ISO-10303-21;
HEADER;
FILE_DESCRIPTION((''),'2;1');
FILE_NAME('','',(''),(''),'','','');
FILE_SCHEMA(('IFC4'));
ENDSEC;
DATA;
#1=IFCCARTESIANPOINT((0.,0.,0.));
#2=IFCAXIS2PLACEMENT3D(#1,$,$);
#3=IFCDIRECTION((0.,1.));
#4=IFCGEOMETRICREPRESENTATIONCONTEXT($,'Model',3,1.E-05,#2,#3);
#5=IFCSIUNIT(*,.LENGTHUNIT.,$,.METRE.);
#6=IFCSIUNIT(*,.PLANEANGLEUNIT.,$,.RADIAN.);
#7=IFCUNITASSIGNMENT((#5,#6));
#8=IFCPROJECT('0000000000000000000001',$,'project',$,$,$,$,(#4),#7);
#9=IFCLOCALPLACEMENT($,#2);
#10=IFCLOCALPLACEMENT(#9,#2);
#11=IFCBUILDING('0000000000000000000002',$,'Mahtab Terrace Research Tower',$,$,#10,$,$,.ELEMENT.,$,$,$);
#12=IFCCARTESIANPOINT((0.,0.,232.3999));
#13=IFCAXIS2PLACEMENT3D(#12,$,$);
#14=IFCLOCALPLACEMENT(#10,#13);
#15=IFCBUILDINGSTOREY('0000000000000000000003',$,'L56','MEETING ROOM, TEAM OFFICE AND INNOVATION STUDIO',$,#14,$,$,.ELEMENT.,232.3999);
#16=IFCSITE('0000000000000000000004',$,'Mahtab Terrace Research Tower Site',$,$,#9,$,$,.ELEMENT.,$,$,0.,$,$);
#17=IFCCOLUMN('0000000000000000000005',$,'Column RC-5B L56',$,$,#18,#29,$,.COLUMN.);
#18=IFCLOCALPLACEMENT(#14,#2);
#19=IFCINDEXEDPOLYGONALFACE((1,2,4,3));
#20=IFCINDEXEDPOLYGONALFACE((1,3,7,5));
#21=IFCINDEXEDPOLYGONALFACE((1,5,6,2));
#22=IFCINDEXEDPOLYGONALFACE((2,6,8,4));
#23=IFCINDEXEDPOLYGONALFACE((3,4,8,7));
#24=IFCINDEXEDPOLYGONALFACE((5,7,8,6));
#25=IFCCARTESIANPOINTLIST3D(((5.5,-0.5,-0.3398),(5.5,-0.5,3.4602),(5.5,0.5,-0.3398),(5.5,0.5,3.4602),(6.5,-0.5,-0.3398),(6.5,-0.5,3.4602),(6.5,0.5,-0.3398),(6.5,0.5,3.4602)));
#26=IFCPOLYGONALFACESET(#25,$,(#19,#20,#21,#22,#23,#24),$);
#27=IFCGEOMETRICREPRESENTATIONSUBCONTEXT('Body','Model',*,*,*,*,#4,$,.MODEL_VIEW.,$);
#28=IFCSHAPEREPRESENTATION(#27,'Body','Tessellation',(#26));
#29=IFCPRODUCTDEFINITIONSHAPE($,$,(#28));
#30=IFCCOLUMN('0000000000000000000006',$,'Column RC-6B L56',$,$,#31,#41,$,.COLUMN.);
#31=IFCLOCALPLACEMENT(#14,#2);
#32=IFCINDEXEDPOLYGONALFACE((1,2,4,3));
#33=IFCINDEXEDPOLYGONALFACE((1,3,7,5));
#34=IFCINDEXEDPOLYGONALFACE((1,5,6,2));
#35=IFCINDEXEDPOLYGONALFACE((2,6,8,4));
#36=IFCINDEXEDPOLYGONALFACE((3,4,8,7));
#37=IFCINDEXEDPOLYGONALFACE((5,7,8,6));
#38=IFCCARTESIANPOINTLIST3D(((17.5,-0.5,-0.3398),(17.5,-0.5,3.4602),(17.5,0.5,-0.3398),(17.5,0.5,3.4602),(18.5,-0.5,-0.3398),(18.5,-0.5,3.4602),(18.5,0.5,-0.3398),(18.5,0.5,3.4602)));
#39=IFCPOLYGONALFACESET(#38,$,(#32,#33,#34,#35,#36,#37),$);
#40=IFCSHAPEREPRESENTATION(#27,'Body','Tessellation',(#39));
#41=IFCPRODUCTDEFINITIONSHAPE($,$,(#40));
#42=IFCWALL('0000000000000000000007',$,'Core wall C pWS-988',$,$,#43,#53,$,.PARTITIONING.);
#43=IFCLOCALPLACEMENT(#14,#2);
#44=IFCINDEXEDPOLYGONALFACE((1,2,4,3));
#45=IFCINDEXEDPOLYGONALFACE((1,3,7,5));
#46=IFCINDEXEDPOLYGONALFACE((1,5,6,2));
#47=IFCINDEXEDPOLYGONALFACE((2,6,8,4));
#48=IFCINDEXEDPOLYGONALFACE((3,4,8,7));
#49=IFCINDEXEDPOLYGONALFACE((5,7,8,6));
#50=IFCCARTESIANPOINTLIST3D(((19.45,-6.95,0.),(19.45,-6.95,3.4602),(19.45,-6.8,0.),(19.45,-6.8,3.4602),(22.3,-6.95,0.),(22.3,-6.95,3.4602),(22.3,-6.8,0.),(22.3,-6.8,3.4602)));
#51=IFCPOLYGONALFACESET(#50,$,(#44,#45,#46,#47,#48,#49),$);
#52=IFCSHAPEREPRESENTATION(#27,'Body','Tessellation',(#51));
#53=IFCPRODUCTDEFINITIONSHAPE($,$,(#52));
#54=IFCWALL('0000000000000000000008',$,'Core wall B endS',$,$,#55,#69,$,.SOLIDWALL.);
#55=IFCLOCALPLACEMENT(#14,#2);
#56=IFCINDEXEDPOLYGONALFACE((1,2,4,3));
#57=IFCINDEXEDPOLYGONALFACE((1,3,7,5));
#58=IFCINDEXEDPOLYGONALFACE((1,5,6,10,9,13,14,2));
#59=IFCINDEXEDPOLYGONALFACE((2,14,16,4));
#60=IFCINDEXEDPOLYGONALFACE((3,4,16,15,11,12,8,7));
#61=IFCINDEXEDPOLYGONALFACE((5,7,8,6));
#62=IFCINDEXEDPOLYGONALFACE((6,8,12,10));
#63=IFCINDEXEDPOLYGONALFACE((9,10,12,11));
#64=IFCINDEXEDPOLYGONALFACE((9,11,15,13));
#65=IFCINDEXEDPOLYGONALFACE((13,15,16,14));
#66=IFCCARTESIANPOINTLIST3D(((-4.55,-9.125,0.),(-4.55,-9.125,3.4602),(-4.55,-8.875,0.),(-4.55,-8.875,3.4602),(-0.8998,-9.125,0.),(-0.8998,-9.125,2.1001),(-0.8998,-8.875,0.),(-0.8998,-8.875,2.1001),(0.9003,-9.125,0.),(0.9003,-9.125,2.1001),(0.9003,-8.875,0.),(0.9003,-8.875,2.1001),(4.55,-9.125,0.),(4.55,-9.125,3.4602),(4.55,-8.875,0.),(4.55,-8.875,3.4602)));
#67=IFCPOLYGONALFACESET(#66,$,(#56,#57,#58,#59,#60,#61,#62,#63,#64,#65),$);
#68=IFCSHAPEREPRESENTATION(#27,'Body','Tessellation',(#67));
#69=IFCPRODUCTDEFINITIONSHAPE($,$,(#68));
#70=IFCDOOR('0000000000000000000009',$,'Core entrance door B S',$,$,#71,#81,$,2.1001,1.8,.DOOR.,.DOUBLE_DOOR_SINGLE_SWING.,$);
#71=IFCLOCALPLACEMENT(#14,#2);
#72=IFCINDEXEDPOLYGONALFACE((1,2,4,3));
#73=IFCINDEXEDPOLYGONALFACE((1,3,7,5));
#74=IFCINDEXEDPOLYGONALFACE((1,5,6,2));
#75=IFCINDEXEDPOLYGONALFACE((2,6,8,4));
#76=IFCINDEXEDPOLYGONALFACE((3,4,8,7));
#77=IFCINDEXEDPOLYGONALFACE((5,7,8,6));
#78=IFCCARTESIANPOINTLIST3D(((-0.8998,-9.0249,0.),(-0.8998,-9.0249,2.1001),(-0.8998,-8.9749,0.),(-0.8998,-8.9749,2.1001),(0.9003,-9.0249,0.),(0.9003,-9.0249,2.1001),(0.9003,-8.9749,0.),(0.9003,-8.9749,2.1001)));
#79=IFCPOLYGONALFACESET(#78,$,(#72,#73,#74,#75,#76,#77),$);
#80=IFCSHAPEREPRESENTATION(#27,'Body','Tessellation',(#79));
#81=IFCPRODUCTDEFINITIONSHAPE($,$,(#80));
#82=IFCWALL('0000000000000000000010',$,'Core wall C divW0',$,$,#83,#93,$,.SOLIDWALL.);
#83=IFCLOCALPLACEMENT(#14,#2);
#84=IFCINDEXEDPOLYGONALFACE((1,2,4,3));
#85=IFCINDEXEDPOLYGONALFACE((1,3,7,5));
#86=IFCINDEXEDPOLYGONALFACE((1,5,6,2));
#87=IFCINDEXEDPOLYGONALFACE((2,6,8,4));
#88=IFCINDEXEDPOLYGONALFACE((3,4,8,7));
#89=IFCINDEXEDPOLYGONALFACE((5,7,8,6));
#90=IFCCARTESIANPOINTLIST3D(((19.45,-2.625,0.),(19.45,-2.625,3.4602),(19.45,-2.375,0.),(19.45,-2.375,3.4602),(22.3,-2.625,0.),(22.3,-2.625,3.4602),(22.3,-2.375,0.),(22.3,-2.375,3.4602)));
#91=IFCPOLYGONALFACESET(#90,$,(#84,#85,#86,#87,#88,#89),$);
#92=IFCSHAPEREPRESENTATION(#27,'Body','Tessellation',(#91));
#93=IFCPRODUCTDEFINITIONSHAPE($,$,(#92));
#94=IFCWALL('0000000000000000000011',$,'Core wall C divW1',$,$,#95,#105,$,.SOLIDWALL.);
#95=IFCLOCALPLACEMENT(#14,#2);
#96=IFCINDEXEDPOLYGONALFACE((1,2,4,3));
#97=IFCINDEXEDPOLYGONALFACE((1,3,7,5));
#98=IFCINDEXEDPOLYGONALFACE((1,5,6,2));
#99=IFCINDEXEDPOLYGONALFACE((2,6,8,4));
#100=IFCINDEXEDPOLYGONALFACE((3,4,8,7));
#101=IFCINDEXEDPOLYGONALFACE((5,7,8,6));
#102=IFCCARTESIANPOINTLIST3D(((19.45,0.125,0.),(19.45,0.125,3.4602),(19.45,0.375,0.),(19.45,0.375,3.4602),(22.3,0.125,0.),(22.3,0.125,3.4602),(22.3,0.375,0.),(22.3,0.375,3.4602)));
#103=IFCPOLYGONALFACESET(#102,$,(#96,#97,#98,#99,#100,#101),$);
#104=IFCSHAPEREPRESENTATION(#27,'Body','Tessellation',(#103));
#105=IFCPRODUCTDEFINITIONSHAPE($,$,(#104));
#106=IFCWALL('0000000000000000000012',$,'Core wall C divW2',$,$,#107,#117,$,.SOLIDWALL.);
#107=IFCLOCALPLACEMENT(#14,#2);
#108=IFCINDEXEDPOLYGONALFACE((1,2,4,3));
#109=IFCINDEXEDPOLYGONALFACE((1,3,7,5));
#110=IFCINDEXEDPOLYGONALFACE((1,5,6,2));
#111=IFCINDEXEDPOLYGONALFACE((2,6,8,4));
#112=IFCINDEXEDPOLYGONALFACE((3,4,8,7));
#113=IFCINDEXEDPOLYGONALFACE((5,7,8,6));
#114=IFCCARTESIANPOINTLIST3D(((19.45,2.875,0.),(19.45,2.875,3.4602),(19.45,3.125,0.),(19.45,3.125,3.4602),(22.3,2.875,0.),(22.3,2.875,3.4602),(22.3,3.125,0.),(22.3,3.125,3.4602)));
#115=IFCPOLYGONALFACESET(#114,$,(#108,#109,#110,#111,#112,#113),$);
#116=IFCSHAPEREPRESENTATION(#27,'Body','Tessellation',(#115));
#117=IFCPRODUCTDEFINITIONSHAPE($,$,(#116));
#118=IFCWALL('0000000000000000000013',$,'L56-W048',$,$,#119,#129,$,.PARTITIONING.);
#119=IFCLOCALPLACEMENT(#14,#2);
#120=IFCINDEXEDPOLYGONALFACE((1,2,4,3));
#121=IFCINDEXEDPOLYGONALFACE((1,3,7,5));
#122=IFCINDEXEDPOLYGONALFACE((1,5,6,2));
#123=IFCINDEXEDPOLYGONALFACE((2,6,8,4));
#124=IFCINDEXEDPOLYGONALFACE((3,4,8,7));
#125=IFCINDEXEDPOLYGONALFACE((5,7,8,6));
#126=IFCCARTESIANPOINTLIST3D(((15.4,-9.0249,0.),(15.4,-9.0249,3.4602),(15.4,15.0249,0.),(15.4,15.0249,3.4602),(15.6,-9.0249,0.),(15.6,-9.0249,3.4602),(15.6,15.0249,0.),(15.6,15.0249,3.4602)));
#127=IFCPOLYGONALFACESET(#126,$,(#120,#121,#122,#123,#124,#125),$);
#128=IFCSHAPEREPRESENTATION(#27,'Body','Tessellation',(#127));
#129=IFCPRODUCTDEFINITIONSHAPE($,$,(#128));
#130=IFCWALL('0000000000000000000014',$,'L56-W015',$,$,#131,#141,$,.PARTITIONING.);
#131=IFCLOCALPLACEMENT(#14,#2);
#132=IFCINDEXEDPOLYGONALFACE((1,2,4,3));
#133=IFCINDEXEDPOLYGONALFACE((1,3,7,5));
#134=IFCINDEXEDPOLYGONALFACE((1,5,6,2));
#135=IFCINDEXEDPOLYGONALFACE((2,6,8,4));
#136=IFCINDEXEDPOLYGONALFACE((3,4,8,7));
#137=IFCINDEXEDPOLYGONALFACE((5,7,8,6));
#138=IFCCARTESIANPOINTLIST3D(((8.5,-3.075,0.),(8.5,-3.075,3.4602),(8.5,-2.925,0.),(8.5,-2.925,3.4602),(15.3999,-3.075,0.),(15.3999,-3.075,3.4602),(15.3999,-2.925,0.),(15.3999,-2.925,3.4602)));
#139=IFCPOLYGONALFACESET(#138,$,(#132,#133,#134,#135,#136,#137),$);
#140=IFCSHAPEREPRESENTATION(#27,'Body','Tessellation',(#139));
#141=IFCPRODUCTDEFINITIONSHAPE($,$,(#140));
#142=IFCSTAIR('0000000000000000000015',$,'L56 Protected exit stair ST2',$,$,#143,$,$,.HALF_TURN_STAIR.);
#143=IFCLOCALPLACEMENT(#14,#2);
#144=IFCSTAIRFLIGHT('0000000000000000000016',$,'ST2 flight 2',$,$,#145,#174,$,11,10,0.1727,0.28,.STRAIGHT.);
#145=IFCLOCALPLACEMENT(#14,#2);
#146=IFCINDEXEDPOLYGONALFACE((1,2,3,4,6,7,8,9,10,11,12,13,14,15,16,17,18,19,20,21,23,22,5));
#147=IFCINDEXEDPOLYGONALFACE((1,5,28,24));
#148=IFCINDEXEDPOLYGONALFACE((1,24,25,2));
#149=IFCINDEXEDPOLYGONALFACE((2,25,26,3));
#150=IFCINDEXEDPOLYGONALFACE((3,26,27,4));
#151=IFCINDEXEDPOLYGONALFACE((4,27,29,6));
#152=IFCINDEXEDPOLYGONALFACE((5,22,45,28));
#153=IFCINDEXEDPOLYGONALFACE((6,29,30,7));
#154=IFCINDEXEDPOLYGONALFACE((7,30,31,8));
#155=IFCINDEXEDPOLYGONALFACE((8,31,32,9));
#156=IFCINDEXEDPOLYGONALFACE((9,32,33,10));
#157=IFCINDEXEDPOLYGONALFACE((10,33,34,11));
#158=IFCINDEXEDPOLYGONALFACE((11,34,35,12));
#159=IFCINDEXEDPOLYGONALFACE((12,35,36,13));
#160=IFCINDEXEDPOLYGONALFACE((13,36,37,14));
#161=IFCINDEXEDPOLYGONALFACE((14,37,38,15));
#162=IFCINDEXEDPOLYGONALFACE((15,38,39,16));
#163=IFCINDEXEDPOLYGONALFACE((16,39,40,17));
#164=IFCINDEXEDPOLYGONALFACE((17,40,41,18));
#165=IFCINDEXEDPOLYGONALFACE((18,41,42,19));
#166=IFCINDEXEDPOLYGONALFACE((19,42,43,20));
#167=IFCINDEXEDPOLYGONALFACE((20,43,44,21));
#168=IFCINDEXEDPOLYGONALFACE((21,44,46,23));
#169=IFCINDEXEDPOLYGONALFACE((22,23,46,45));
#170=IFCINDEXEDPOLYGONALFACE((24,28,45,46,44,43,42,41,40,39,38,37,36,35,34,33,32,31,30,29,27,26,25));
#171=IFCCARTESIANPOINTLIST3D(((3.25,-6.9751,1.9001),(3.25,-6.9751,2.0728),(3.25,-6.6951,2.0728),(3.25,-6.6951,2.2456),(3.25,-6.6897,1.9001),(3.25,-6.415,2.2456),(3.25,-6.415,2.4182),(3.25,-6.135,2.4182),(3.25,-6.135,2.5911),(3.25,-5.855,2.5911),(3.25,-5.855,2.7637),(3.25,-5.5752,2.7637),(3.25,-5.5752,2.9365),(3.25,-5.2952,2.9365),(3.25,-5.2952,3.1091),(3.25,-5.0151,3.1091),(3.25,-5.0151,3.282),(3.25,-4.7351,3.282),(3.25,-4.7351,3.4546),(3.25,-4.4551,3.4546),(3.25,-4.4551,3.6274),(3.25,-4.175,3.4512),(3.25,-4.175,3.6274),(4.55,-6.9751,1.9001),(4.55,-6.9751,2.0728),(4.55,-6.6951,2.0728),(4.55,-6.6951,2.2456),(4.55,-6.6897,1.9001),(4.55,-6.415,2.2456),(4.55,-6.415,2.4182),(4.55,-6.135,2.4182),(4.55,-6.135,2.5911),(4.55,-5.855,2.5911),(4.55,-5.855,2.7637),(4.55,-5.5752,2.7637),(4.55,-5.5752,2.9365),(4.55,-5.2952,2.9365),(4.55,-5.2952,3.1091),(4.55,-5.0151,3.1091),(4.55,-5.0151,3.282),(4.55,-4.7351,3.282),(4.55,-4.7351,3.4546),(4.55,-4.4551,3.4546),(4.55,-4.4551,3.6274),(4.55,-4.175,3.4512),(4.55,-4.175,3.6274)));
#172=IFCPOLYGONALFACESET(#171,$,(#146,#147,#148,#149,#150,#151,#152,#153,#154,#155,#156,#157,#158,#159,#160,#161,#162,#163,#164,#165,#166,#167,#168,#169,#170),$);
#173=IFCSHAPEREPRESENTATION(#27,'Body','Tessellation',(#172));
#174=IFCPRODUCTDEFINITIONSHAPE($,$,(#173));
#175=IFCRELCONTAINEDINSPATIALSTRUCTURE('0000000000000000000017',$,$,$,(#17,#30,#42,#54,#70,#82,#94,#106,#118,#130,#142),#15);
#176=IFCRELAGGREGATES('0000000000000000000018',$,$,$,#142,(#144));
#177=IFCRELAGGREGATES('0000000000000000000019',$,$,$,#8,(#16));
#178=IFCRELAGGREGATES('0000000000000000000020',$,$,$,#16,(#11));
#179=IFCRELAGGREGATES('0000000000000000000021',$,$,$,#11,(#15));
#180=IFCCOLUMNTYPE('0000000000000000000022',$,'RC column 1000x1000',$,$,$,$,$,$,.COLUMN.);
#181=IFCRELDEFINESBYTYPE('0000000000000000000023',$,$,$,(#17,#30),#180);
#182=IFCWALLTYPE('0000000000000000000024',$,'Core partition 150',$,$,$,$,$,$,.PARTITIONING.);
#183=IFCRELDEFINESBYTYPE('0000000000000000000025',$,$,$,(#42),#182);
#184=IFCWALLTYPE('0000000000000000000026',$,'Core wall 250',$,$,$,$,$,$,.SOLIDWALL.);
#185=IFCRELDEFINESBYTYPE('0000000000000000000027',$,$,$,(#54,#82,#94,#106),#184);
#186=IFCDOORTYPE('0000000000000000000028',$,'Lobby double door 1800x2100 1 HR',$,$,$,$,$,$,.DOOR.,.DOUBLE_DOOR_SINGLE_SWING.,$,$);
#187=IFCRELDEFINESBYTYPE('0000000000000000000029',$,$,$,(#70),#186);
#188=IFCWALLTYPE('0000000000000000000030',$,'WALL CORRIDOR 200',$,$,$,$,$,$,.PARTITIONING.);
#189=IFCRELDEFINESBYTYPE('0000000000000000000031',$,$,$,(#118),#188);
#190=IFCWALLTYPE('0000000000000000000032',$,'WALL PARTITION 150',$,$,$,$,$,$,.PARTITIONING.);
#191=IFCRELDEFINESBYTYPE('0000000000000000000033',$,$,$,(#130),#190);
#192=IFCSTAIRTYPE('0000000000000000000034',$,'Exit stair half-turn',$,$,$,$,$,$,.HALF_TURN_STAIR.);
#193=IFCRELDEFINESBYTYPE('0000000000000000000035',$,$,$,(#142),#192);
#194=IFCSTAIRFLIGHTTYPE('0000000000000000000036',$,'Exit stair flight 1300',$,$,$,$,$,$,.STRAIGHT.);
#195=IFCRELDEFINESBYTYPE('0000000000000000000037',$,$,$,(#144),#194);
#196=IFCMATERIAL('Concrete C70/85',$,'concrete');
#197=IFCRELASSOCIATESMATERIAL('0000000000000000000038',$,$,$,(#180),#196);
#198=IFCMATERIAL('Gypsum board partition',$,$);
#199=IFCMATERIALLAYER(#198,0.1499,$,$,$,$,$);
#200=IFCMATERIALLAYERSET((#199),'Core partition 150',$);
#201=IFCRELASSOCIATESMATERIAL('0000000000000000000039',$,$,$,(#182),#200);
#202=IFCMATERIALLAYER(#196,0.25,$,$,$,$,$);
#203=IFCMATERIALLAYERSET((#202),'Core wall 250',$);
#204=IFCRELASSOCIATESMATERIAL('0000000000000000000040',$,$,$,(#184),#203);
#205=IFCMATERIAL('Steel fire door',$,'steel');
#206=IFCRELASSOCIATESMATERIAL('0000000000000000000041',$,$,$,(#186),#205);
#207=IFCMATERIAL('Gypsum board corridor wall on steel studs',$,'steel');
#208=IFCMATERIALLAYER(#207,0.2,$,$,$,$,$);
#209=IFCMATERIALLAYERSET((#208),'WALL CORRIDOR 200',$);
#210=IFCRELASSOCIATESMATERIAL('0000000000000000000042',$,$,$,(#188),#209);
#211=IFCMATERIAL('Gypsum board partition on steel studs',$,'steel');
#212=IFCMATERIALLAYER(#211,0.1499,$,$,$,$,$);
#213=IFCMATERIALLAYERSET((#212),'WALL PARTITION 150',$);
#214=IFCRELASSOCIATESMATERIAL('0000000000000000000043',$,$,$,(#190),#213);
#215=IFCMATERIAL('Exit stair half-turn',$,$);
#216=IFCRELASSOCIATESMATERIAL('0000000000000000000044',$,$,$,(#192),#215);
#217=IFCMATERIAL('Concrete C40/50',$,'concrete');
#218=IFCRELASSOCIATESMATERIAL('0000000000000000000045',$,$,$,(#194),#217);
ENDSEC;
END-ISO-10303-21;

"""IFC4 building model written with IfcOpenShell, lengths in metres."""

from ifc_helpers import new_model, si_unit, direction, frame, frame_2d, origin, origin_2d, place, context, subcontext, project, spatial, polyline, rectangle, outline, extrude, material, layer, layer_set, material_profile, profile_set, type_object, element, fill, aggregate, save


model = new_model("IFC4")

# Units and contexts
model_context = context("Model", 3, precision=1e-05, world=origin(), true_north=direction((0.0, 1.0)))
body_context = subcontext(model_context, "Body", "Model", "MODEL_VIEW")
ifc_project = project(units=[si_unit("LENGTHUNIT", "METRE"), si_unit("PLANEANGLEUNIT", "RADIAN")], contexts=[model_context])

# Site, building, storey
site_placement = place(None, origin())
site = spatial("IfcSite", under=ifc_project, at=site_placement, Name="Mahtab Terrace Research Tower Site", CompositionType="ELEMENT", RefElevation=0.0)
building_placement = place(site_placement, origin())
building = spatial("IfcBuilding", under=site, at=building_placement, Name="Mahtab Terrace Research Tower", CompositionType="ELEMENT")
storey_placement = place(building_placement, frame((0.0, 0.0, 232.3999)))
storey = spatial("IfcBuildingStorey", under=building, at=storey_placement, Name="L56", Description="MEETING ROOM, TEAM OFFICE AND INNOVATION STUDIO", CompositionType="ELEMENT", Elevation=232.3999)

# Columns
ifc_material_1 = material(Name="Concrete C70/85", Category="concrete")
ifc_material_profile = material_profile(ifc_material_1, rectangle(XDim=1.0, YDim=1.0, at=origin_2d()), Name="RC column 1000x1000")
ifc_profile_set = profile_set([ifc_material_profile], Name="Concrete C70/85")
column_type = type_object("IfcColumnType", Name="RC column 1000x1000", PredefinedType="COLUMN", material=ifc_profile_set)
for number, where, z_axis, x_axis, name in (
    (1, (6.0, 0.0, -0.3398), (0.0, 0.0, 1.0), (1.0, 0.0, 0.0), "Column RC-5B L56"),
    (2, (18.0, 0.0, -0.3398), (0.0, 0.0, 1.0), (1.0, 0.0, 0.0), "Column RC-6B L56"),
):
    element("IfcColumn", number, at=place(storey_placement, frame(where, z_axis=z_axis, x_axis=x_axis)), inside=storey, type_object=column_type, Name=name, PredefinedType="COLUMN", context=body_context, shape_type="SweptSolid", body=[
        extrude(rectangle(XDim=1.0, YDim=1.0, at=origin_2d()), origin(), (0.0, 0.0, 1.0), 3.8),
    ])

# Wall
ifc_material_2 = material(Name="Gypsum board partition")
ifc_layer_1 = layer(ifc_material_2, 0.1499)
ifc_layer_set_1 = layer_set([ifc_layer_1], Name="Core partition 150")
wall_type_1 = type_object("IfcWallType", Name="Core partition 150", PredefinedType="PARTITIONING", material=ifc_layer_set_1)
wall_1_placement = place(storey_placement, frame((19.45, -6.875, 0.0), z_axis=(0.0, 0.0, 1.0), x_axis=(1.0, 0.0, 0.0)))
element("IfcWall", 3, at=wall_1_placement, inside=storey, type_object=wall_type_1, Name="Core wall C pWS-988", PredefinedType="PARTITIONING", context=body_context, shape_type="SweptSolid", body=[
    extrude(rectangle(XDim=2.8501, YDim=0.1499, at=frame_2d((1.425, 0.0))), origin(), (0.0, 0.0, 1.0), 3.4602),
])

# Wall, opening, door
ifc_layer_2 = layer(ifc_material_1, 0.25)
ifc_layer_set_2 = layer_set([ifc_layer_2], Name="Core wall 250")
wall_type_2 = type_object("IfcWallType", Name="Core wall 250", PredefinedType="SOLIDWALL", material=ifc_layer_set_2)
wall_2_placement = place(storey_placement, frame((4.55, -9.0, 0.0), z_axis=(0.0, 0.0, 1.0), x_axis=(-1.0, 0.0, 0.0)))
wall_2 = element("IfcWall", 4, at=wall_2_placement, inside=storey, type_object=wall_type_2, Name="Core wall B endS", PredefinedType="SOLIDWALL", context=body_context, shape_type="SweptSolid", body=[
    extrude(rectangle(XDim=9.1001, YDim=0.25, at=frame_2d((4.55, 0.0))), origin(), (0.0, 0.0, 1.0), 3.4602),
])
opening_placement = place(wall_2_placement, frame((3.6499, 0.0, 0.0)))
opening = element("IfcOpeningElement", 5, at=opening_placement, cuts=wall_2, PredefinedType="OPENING", context=body_context, shape_type="SweptSolid", body=[
    extrude(rectangle(XDim=1.8, YDim=2.1001, at=frame_2d((0.8999, 1.05))), frame((0.0, 0.135, 0.0), z_axis=(0.0, -1.0, 0.0), x_axis=(1.0, 0.0, 0.0)), (0.0, 0.0, 1.0), 0.27),
])
ifc_material_3 = material(Name="Steel fire door", Category="steel")
door_type = type_object("IfcDoorType", Name="Lobby double door 1800x2100 1 HR", OperationType="DOUBLE_DOOR_SINGLE_SWING", PredefinedType="DOOR", material=ifc_material_3)
door_placement = place(opening_placement, origin())
door = element("IfcDoor", 6, at=door_placement, inside=storey, type_object=door_type, Name="Core entrance door B S", OperationType="DOUBLE_DOOR_SINGLE_SWING", OverallHeight=2.1001, OverallWidth=1.8, PredefinedType="DOOR", context=body_context, shape_type="SweptSolid", body=[
    extrude(rectangle(XDim=1.8, YDim=2.1001, at=frame_2d((0.8999, 1.05))), frame((0.0, 0.0249, 0.0), z_axis=(0.0, -1.0, 0.0), x_axis=(1.0, 0.0, 0.0)), (0.0, 0.0, 1.0), 0.05),
])
fill(opening, door)

# Walls
for number, where, z_axis, x_axis, name in (
    (7, (19.45, -2.5, 0.0), (0.0, 0.0, 1.0), (1.0, 0.0, 0.0), "Core wall C divW0"),
    (8, (19.45, 0.25, 0.0), (0.0, 0.0, 1.0), (1.0, 0.0, 0.0), "Core wall C divW1"),
    (9, (19.45, 3.0, 0.0), (0.0, 0.0, 1.0), (1.0, 0.0, 0.0), "Core wall C divW2"),
):
    element("IfcWall", number, at=place(storey_placement, frame(where, z_axis=z_axis, x_axis=x_axis)), inside=storey, type_object=wall_type_2, Name=name, PredefinedType="SOLIDWALL", context=body_context, shape_type="SweptSolid", body=[
        extrude(rectangle(XDim=2.8501, YDim=0.25, at=frame_2d((1.425, 0.0))), origin(), (0.0, 0.0, 1.0), 3.4602),
    ])
ifc_material_4 = material(Name="Gypsum board corridor wall on steel studs", Category="steel")
ifc_layer_3 = layer(ifc_material_4, 0.2)
ifc_layer_set_3 = layer_set([ifc_layer_3], Name="WALL CORRIDOR 200")
wall_type_3 = type_object("IfcWallType", Name="WALL CORRIDOR 200", PredefinedType="PARTITIONING", material=ifc_layer_set_3)
wall_3_placement = place(storey_placement, frame((15.5, -9.0249, 0.0), z_axis=(0.0, 0.0, 1.0), x_axis=(0.0, 1.0, 0.0)))
element("IfcWall", 10, at=wall_3_placement, inside=storey, type_object=wall_type_3, Name="L56-W048", PredefinedType="PARTITIONING", context=body_context, shape_type="SweptSolid", body=[
    extrude(rectangle(XDim=24.0498, YDim=0.2, at=frame_2d((12.0249, 0.0))), origin(), (0.0, 0.0, 1.0), 3.4602),
])
ifc_material_5 = material(Name="Gypsum board partition on steel studs", Category="steel")
ifc_layer_4 = layer(ifc_material_5, 0.1499)
ifc_layer_set_4 = layer_set([ifc_layer_4], Name="WALL PARTITION 150")
wall_type_4 = type_object("IfcWallType", Name="WALL PARTITION 150", PredefinedType="PARTITIONING", material=ifc_layer_set_4)
wall_4_placement = place(storey_placement, frame((8.5, -3.0, 0.0), z_axis=(0.0, 0.0, 1.0), x_axis=(1.0, 0.0, 0.0)))
element("IfcWall", 11, at=wall_4_placement, inside=storey, type_object=wall_type_4, Name="L56-W015", PredefinedType="PARTITIONING", context=body_context, shape_type="SweptSolid", body=[
    extrude(rectangle(XDim=6.8999, YDim=0.1499, at=frame_2d((3.45, 0.0))), origin(), (0.0, 0.0, 1.0), 3.4602),
])

# Stair, stair flight
ifc_material_6 = material(Name="Exit stair half-turn")
stair_type = type_object("IfcStairType", Name="Exit stair half-turn", PredefinedType="HALF_TURN_STAIR", material=ifc_material_6)
stair_placement = place(storey_placement, origin())
stair = element("IfcStair", 12, at=stair_placement, inside=storey, type_object=stair_type, Name="L56 Protected exit stair ST2", PredefinedType="HALF_TURN_STAIR")
ifc_material_7 = material(Name="Concrete C40/50", Category="concrete")
stair_flight_type = type_object("IfcStairFlightType", Name="Exit stair flight 1300", PredefinedType="STRAIGHT", material=ifc_material_7)
stair_flight_placement = place(storey_placement, frame((3.8999, -6.9751, 1.9001), z_axis=(0.0, 0.0, 1.0), x_axis=(0.0, 1.0, 0.0)))
stair_flight = element("IfcStairFlight", 13, at=stair_flight_placement, type_object=stair_flight_type, Name="ST2 flight 2", NumberOfRisers=11, NumberOfTreads=10, PredefinedType="STRAIGHT", RiserHeight=0.1727, TreadLength=0.28, context=body_context, shape_type="SweptSolid", body=[
    extrude(outline(polyline([(0.0, 0.0), (0.0, 0.1726), (0.28, 0.1726), (0.28, 0.3455), (0.5601, 0.3455), (0.5601, 0.5181), (0.8401, 0.5181), (0.8401, 0.6909), (1.1201, 0.6909), (1.1201, 0.8635), (1.3999, 0.8635), (1.3999, 1.0364), (1.6799, 1.0364), (1.6799, 1.209), (1.96, 1.209), (1.96, 1.3818), (2.24, 1.3818), (2.24, 1.5544), (2.52, 1.5544), (2.52, 1.7273), (2.8, 1.7273), (2.8, 1.8999), (2.8, 1.551), (0.2854, 0.0), (0.0, 0.0)])), frame((0.0, 0.6499, 0.0), z_axis=(0.0, -1.0, 0.0), x_axis=(1.0, 0.0, 0.0)), (0.0, 0.0, 1.0), 1.3),
])
aggregate(stair, [stair_flight])

save(model, "model.ifc")
